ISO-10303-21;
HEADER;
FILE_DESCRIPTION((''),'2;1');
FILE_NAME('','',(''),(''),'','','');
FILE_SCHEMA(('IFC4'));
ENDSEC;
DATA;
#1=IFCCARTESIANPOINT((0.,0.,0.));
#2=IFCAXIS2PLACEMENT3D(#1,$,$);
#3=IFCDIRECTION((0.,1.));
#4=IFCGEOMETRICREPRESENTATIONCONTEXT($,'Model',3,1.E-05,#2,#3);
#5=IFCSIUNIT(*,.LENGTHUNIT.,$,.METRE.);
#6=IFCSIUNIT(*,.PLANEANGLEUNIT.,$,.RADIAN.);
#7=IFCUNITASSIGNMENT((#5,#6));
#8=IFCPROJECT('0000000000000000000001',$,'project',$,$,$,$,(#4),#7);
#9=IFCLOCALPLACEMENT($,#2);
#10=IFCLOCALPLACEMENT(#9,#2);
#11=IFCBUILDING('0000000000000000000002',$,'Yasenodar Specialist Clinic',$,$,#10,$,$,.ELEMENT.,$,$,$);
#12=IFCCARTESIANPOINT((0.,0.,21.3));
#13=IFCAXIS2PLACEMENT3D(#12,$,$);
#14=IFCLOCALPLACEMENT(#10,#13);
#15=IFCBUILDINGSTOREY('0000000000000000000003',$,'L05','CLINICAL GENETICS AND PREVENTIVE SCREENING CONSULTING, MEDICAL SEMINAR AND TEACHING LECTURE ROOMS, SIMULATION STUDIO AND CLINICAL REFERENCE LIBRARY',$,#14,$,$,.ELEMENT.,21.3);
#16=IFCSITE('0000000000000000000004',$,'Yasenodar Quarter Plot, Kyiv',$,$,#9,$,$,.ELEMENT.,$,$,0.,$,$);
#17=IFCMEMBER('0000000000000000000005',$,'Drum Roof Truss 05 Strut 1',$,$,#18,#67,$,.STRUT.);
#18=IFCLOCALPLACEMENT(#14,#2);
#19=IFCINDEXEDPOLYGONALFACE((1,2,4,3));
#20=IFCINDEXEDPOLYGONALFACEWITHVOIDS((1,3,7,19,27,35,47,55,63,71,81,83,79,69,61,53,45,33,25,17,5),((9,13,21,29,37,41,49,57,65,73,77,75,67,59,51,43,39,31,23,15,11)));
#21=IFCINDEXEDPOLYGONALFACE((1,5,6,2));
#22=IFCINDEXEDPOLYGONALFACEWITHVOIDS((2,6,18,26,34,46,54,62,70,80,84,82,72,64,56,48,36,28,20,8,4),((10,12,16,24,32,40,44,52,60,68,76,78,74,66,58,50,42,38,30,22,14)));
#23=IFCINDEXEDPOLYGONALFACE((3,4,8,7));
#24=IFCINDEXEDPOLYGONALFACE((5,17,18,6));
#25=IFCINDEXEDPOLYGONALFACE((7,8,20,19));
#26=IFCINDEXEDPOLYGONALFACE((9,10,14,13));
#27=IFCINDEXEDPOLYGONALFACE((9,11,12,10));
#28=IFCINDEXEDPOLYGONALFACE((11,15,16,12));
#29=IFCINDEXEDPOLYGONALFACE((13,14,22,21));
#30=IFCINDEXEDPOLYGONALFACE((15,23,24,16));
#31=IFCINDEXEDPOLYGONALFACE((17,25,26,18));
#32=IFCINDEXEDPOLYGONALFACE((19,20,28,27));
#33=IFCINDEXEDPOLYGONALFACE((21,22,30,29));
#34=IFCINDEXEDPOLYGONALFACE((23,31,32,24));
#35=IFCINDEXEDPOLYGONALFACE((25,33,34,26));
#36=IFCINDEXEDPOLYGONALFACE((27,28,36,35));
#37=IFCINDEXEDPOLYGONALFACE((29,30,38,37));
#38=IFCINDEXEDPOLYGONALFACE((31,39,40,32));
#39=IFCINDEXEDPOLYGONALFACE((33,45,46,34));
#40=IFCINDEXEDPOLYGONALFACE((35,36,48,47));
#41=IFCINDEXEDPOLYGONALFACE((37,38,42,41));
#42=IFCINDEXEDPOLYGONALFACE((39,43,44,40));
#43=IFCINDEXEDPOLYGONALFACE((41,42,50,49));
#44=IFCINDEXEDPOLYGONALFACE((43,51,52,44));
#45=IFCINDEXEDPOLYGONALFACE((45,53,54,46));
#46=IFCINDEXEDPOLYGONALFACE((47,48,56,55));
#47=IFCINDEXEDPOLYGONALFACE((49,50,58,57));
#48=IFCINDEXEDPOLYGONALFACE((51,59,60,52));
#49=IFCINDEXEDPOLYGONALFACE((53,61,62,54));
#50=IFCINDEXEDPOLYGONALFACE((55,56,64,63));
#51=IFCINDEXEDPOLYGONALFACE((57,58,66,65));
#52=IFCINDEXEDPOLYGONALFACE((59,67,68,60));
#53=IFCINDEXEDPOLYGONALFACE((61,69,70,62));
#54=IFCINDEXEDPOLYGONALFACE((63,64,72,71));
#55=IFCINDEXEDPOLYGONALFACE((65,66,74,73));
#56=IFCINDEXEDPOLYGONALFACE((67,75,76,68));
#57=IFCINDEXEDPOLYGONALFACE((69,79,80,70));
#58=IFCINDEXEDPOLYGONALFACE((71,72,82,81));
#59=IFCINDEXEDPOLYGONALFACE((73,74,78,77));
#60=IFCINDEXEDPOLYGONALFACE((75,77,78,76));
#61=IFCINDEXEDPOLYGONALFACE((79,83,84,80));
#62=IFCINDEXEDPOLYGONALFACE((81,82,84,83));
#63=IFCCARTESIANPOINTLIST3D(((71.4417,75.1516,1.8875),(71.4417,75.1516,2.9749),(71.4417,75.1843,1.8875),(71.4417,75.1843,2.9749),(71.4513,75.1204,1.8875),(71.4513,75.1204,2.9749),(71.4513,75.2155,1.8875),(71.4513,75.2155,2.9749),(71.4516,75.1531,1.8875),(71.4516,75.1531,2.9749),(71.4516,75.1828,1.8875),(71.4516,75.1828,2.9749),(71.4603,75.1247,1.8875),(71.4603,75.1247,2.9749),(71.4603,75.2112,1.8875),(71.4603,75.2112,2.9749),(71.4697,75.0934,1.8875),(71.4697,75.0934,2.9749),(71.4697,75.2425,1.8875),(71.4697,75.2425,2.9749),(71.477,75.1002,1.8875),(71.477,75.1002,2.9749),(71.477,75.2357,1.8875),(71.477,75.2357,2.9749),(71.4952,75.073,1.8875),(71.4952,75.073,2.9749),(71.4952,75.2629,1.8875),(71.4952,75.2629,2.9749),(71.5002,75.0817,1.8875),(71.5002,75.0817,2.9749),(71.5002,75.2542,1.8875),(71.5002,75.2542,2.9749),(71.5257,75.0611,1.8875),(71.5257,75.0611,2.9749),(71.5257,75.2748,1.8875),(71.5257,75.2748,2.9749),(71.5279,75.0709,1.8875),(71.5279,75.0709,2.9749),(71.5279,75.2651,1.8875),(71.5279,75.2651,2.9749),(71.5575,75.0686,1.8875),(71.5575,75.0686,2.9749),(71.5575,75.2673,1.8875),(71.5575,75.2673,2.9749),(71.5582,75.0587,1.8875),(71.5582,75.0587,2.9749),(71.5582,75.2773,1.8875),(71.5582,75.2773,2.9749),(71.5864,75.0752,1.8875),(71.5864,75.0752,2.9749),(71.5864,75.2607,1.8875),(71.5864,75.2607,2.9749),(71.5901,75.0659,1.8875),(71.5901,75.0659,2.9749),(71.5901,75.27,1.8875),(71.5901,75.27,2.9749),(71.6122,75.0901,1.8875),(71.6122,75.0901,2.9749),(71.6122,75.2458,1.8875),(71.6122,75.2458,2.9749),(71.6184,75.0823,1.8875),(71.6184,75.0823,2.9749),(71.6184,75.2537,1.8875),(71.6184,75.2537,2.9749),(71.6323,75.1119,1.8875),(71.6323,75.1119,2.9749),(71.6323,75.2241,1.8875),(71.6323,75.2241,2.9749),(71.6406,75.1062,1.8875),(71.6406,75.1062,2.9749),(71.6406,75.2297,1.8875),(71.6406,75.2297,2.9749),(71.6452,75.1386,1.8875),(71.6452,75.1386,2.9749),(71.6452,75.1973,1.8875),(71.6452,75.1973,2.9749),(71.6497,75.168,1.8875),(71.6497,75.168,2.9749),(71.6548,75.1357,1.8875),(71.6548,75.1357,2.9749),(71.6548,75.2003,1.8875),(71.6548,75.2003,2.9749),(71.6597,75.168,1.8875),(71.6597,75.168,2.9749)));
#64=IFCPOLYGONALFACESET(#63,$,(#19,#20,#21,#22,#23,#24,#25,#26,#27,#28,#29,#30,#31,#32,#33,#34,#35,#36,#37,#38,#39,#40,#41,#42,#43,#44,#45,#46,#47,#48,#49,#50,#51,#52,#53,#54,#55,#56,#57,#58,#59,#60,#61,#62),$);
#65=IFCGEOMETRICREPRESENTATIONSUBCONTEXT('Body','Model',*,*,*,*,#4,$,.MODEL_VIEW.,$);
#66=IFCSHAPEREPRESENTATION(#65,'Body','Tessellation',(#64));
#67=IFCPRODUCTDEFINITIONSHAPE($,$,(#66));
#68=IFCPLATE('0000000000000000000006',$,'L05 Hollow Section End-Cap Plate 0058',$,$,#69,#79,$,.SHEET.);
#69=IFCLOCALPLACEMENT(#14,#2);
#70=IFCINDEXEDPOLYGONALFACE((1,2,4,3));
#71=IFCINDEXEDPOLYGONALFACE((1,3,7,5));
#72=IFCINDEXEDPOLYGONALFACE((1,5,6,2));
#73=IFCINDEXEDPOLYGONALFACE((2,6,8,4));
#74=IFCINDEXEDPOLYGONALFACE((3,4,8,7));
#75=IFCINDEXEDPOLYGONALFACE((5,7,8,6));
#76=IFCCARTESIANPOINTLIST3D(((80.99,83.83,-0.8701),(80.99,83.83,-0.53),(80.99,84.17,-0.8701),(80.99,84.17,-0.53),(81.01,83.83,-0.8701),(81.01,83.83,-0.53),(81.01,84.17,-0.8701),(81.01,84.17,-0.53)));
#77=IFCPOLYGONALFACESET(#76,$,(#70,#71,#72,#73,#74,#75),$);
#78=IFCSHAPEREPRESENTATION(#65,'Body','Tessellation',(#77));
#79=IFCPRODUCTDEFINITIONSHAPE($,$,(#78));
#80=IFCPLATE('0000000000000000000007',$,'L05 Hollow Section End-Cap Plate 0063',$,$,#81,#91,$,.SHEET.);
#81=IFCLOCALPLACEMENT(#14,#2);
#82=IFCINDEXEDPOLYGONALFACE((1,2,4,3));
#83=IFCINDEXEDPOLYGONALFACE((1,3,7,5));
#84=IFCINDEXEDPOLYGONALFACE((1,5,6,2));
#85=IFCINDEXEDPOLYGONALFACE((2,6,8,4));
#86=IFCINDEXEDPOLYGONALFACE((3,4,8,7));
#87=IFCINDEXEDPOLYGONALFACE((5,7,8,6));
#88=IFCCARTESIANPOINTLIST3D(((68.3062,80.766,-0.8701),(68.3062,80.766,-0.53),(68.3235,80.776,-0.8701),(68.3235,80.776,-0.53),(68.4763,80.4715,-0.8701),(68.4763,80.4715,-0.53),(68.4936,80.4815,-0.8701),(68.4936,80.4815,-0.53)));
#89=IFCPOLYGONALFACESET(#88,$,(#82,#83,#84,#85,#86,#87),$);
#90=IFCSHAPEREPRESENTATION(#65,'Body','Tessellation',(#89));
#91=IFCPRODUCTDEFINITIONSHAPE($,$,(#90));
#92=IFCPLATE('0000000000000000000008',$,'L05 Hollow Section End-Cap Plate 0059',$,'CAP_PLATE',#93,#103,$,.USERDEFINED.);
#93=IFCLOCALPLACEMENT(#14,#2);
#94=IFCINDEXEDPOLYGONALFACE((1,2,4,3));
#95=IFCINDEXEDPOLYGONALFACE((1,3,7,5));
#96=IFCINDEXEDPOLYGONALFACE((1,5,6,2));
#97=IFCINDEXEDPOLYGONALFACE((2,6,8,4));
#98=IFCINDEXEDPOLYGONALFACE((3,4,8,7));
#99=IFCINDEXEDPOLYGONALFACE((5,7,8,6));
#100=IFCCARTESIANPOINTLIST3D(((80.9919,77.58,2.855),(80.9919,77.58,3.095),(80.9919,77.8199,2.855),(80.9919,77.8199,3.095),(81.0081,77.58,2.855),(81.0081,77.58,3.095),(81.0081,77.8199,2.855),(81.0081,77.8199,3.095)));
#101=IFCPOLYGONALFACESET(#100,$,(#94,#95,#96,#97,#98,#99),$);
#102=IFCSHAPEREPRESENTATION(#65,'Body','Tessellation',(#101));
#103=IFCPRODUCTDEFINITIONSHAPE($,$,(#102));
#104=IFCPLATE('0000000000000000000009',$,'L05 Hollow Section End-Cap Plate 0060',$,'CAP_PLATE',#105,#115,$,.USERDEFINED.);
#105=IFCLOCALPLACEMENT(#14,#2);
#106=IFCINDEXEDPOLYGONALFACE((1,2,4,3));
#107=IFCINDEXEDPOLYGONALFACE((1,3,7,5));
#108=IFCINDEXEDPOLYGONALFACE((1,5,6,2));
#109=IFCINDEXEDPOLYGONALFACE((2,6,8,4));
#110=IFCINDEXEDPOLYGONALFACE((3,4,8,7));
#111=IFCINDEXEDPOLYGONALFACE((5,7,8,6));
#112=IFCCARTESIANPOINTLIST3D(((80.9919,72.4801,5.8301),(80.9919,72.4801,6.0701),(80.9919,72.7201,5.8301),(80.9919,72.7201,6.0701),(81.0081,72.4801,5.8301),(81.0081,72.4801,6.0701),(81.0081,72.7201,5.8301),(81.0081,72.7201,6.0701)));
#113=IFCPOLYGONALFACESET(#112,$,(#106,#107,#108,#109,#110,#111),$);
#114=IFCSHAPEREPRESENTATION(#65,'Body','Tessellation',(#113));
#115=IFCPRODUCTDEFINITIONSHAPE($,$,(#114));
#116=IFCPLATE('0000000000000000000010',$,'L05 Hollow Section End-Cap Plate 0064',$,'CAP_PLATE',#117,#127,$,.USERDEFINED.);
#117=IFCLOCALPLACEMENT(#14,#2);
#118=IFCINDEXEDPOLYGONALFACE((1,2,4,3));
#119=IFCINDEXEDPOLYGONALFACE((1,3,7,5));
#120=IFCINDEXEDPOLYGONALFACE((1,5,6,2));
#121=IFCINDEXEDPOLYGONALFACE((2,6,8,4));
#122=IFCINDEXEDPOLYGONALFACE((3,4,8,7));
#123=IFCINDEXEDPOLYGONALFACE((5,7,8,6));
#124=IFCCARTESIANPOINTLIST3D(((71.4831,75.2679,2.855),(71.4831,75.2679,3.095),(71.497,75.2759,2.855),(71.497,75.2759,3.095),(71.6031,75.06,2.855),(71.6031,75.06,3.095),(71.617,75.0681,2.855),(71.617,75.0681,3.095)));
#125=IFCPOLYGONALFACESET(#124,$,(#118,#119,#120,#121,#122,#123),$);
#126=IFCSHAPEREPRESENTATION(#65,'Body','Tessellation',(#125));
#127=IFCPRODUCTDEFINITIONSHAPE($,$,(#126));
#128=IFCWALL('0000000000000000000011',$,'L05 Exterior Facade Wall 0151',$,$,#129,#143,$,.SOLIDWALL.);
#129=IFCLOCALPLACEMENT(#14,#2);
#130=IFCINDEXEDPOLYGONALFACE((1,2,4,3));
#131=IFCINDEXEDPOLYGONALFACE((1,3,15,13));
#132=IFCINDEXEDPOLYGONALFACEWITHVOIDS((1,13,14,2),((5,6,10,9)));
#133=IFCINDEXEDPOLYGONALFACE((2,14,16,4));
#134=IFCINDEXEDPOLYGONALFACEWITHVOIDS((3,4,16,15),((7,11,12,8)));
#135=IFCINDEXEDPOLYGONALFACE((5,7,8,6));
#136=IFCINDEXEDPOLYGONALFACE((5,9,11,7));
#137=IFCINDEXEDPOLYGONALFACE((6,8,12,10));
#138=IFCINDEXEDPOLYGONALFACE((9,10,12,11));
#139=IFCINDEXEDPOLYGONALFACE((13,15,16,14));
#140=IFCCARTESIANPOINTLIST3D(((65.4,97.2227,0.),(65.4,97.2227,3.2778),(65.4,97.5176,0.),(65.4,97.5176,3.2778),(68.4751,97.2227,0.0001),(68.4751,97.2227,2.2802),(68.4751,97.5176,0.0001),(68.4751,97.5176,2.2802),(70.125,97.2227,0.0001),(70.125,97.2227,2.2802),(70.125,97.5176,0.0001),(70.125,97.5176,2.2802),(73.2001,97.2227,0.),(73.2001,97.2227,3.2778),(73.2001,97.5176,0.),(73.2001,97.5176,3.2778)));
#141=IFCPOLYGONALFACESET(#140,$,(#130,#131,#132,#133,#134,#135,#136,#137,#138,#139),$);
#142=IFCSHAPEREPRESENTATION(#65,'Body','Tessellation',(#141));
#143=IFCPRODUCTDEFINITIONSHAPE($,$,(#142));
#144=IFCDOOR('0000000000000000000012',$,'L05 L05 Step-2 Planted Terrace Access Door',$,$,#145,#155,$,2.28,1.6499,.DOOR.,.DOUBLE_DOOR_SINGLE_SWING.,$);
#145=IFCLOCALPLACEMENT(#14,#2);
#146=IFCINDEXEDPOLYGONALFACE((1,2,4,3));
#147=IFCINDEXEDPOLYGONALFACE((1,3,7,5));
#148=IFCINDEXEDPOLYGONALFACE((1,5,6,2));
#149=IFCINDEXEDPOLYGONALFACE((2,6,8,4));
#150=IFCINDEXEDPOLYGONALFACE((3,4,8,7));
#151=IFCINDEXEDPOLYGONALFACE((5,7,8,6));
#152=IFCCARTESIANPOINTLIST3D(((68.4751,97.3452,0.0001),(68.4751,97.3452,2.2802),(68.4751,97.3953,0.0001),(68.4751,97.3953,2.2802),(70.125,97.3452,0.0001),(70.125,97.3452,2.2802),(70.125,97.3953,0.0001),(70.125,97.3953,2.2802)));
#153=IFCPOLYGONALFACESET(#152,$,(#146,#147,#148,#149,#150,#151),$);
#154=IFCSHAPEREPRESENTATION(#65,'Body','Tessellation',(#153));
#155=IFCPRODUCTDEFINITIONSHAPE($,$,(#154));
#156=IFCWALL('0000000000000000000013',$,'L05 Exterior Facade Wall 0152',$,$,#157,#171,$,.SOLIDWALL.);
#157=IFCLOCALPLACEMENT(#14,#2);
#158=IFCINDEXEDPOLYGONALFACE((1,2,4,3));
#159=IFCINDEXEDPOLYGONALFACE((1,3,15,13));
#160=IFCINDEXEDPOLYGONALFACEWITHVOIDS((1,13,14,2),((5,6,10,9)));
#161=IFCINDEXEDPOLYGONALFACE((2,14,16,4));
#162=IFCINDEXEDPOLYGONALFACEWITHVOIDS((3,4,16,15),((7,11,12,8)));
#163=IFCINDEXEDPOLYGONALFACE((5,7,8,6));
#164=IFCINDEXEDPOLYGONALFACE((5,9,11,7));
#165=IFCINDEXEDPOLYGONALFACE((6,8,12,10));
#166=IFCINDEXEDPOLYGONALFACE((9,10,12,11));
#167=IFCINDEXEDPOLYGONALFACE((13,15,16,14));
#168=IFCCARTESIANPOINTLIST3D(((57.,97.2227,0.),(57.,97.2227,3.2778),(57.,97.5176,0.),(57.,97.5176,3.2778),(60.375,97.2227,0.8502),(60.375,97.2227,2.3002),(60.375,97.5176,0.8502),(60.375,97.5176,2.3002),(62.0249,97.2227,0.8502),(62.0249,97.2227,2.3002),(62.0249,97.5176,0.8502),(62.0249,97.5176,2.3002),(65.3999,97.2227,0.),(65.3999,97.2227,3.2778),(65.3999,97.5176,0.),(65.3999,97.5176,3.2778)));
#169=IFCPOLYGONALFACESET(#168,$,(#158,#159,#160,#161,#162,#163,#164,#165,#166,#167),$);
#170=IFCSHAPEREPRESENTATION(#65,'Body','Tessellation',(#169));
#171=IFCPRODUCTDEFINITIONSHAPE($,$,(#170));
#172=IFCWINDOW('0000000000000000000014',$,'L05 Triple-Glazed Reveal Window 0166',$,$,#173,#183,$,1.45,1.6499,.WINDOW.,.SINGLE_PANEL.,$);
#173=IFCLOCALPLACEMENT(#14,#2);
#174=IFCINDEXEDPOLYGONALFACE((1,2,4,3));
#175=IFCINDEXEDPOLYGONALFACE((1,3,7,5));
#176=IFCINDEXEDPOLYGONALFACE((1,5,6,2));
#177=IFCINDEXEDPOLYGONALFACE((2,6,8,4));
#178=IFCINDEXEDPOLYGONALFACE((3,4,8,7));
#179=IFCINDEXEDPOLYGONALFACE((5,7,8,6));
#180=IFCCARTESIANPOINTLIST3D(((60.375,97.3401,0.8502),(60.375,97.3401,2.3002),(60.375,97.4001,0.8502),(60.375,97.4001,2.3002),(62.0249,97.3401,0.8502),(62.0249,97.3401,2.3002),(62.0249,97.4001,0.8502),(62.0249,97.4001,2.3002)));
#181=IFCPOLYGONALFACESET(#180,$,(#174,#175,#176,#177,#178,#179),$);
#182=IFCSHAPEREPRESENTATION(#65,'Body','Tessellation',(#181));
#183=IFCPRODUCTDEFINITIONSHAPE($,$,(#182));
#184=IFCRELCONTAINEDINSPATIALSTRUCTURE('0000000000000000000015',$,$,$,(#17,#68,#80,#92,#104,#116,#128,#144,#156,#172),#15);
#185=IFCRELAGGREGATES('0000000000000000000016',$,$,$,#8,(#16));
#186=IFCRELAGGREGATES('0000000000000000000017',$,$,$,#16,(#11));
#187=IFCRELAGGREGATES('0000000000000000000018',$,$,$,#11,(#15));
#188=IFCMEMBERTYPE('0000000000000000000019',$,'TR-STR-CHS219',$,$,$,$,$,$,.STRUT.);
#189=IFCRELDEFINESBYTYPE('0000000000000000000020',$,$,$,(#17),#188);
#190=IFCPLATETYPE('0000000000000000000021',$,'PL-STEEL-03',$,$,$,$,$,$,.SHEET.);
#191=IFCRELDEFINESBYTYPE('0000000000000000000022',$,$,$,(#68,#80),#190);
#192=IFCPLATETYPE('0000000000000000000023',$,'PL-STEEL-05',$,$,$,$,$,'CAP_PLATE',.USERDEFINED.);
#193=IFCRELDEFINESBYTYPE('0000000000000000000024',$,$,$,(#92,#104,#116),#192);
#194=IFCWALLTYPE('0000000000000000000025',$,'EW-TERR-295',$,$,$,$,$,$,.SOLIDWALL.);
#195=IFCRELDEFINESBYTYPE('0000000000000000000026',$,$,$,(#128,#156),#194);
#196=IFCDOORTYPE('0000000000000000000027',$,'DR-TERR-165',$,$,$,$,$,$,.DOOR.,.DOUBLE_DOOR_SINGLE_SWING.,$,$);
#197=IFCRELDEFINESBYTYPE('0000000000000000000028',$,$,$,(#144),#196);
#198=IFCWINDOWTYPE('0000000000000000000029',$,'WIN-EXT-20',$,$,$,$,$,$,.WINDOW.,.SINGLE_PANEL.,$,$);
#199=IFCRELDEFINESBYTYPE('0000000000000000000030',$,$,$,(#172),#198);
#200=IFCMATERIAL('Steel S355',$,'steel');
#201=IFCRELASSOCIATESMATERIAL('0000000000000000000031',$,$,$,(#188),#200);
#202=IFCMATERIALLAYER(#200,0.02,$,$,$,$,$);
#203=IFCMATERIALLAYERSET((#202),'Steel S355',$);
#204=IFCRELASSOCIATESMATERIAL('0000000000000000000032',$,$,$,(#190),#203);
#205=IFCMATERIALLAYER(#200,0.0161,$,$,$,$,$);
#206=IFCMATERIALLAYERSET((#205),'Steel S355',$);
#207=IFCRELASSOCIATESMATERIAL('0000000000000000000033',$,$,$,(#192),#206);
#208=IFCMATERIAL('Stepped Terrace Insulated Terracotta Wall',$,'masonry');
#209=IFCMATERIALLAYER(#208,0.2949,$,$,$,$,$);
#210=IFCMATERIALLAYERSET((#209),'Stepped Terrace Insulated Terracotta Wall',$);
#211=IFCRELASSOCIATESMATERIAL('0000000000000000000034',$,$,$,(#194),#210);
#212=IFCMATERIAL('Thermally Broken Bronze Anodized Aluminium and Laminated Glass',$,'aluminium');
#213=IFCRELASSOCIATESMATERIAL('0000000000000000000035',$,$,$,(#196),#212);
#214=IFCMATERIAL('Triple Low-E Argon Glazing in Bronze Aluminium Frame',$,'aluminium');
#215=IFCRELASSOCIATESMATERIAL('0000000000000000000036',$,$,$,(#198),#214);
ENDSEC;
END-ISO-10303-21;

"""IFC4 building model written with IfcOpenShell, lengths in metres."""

from ifc_helpers import new_model, si_unit, direction, frame, frame_2d, origin, origin_2d, place, context, subcontext, project, spatial, rectangle, hollow_circle, extrude, material, layer, layer_set, material_profile, profile_set, type_object, element, fill, save


model = new_model("IFC4")

# Units and contexts
model_context = context("Model", 3, precision=1e-05, world=origin(), true_north=direction((0.0, 1.0)))
body_context = subcontext(model_context, "Body", "Model", "MODEL_VIEW")
ifc_project = project(units=[si_unit("LENGTHUNIT", "METRE"), si_unit("PLANEANGLEUNIT", "RADIAN")], contexts=[model_context])

# Site, building, storey
site_placement = place(None, origin())
site = spatial("IfcSite", under=ifc_project, at=site_placement, Name="Yasenodar Quarter Plot, Kyiv", CompositionType="ELEMENT", RefElevation=0.0)
building_placement = place(site_placement, origin())
building = spatial("IfcBuilding", under=site, at=building_placement, Name="Yasenodar Specialist Clinic", CompositionType="ELEMENT")
storey_placement = place(building_placement, frame((0.0, 0.0, 21.3)))
storey = spatial("IfcBuildingStorey", under=building, at=storey_placement, Name="L05", Description="CLINICAL GENETICS AND PREVENTIVE SCREENING CONSULTING, MEDICAL SEMINAR AND TEACHING LECTURE ROOMS, SIMULATION STUDIO AND CLINICAL REFERENCE LIBRARY", CompositionType="ELEMENT", Elevation=21.3)

# Shared definitions
ifc_material_1 = material(Name="Steel S355", Category="steel")

# Member
ifc_material_profile_1 = material_profile(ifc_material_1, hollow_circle(Radius=0.1096, WallThickness=0.01, at=origin_2d()), Name="CHS 219.1x10")
ifc_profile_set_1 = profile_set([ifc_material_profile_1], Name="Steel S355")
member_type_1 = type_object("IfcMemberType", Name="TR-STR-CHS219", PredefinedType="STRUT", material=ifc_profile_set_1)
member_1_placement = place(storey_placement, frame((71.55, 75.168, 1.8875), z_axis=(0.0, 0.0, 1.0), x_axis=(1.0, 0.0, 0.0)))
element("IfcMember", 1, at=member_1_placement, inside=storey, type_object=member_type_1, Name="Drum Roof Truss 05 Strut 1", PredefinedType="STRUT", context=body_context, shape_type="SweptSolid", body=[
    extrude(hollow_circle(Radius=0.1096, WallThickness=0.01, at=origin_2d()), origin(), (0.0, 0.0, 1.0), 1.0874),
])

# Plates
ifc_layer_1 = layer(ifc_material_1, 0.02)
ifc_layer_set_1 = layer_set([ifc_layer_1], Name="Steel S355")
plate_type_1 = type_object("IfcPlateType", Name="PL-STEEL-03", PredefinedType="SHEET", material=ifc_layer_set_1)
for number, where, z_axis, x_axis, name in (
    (2, (81.0, 84.0, -0.8701), (0.0, 0.0, 1.0), (0.0, 1.0, 0.0), "L05 Hollow Section End-Cap Plate 0058"),
    (3, (68.3999, 80.6238, -0.8701), (0.0, 0.0, 1.0), (-0.5, 0.866025, 0.0), "L05 Hollow Section End-Cap Plate 0063"),
):
    element("IfcPlate", number, at=place(storey_placement, frame(where, z_axis=z_axis, x_axis=x_axis)), inside=storey, type_object=plate_type_1, Name=name, PredefinedType="SHEET", context=body_context, shape_type="SweptSolid", body=[
        extrude(rectangle(XDim=0.3401, YDim=0.02, at=origin_2d()), origin(), (0.0, 0.0, 1.0), 0.3401),
    ])
ifc_layer_2 = layer(ifc_material_1, 0.0161)
ifc_layer_set_2 = layer_set([ifc_layer_2], Name="Steel S355")
plate_type_2 = type_object("IfcPlateType", Name="PL-STEEL-05", ElementType="CAP_PLATE", PredefinedType="USERDEFINED", material=ifc_layer_set_2)
for number, where, z_axis, x_axis, name in (
    (4, (81.0, 77.7, 2.855), (0.0, 0.0, 1.0), (0.0, 1.0, 0.0), "L05 Hollow Section End-Cap Plate 0059"),
    (5, (81.0, 72.6001, 5.8301), (0.0, 0.0, 1.0), (0.0, 1.0, 0.0), "L05 Hollow Section End-Cap Plate 0060"),
    (6, (71.55, 75.168, 2.855), (0.0, 0.0, 1.0), (-0.5, 0.866025, 0.0), "L05 Hollow Section End-Cap Plate 0064"),
):
    element("IfcPlate", number, at=place(storey_placement, frame(where, z_axis=z_axis, x_axis=x_axis)), inside=storey, type_object=plate_type_2, Name=name, ObjectType="CAP_PLATE", PredefinedType="USERDEFINED", context=body_context, shape_type="SweptSolid", body=[
        extrude(rectangle(XDim=0.24, YDim=0.0161, at=origin_2d()), origin(), (0.0, 0.0, 1.0), 0.24),
    ])

# Wall, opening, door
ifc_material_2 = material(Name="Stepped Terrace Insulated Terracotta Wall", Category="masonry")
ifc_layer_3 = layer(ifc_material_2, 0.2949)
ifc_layer_set_3 = layer_set([ifc_layer_3], Name="Stepped Terrace Insulated Terracotta Wall")
wall_type = type_object("IfcWallType", Name="EW-TERR-295", PredefinedType="SOLIDWALL", material=ifc_layer_set_3)
wall_1_placement = place(storey_placement, frame((73.2, 97.3701, 0.0), z_axis=(0.0, 0.0, 1.0), x_axis=(-1.0, 0.0, 0.0)))
wall_1 = element("IfcWall", 7, at=wall_1_placement, inside=storey, type_object=wall_type, Name="L05 Exterior Facade Wall 0151", PredefinedType="SOLIDWALL", context=body_context, shape_type="SweptSolid", body=[
    extrude(rectangle(XDim=7.8, YDim=0.2949, at=frame_2d((3.8999, 0.0))), origin(), (0.0, 0.0, 1.0), 3.2778),
])
opening_1_placement = place(wall_1_placement, frame((3.075, 0.0, 0.0)))
opening_1 = element("IfcOpeningElement", 8, at=opening_1_placement, cuts=wall_1, PredefinedType="OPENING", context=body_context, shape_type="SweptSolid", body=[
    extrude(rectangle(XDim=1.6499, YDim=2.28, at=frame_2d((0.825, 1.1401))), frame((0.0, 0.1575, 0.0), z_axis=(0.0, -1.0, 0.0), x_axis=(1.0, 0.0, 0.0)), (0.0, 0.0, 1.0), 0.3149),
])
ifc_material_3 = material(Name="Thermally Broken Bronze Anodized Aluminium and Laminated Glass", Category="aluminium")
door_type = type_object("IfcDoorType", Name="DR-TERR-165", OperationType="DOUBLE_DOOR_SINGLE_SWING", PredefinedType="DOOR", material=ifc_material_3)
door_placement = place(opening_1_placement, origin())
door = element("IfcDoor", 9, at=door_placement, inside=storey, type_object=door_type, Name="L05 L05 Step-2 Planted Terrace Access Door", OperationType="DOUBLE_DOOR_SINGLE_SWING", OverallHeight=2.28, OverallWidth=1.6499, PredefinedType="DOOR", context=body_context, shape_type="SweptSolid", body=[
    extrude(rectangle(XDim=1.6499, YDim=2.28, at=frame_2d((0.825, 1.1401))), frame((0.0, 0.0249, 0.0), z_axis=(0.0, -1.0, 0.0), x_axis=(1.0, 0.0, 0.0)), (0.0, 0.0, 1.0), 0.05),
])
fill(opening_1, door)

# Wall, opening, window
wall_2_placement = place(storey_placement, frame((65.3999, 97.3701, 0.0), z_axis=(0.0, 0.0, 1.0), x_axis=(-1.0, 0.0, 0.0)))
wall_2 = element("IfcWall", 10, at=wall_2_placement, inside=storey, type_object=wall_type, Name="L05 Exterior Facade Wall 0152", PredefinedType="SOLIDWALL", context=body_context, shape_type="SweptSolid", body=[
    extrude(rectangle(XDim=8.3999, YDim=0.2949, at=frame_2d((4.2, 0.0))), origin(), (0.0, 0.0, 1.0), 3.2778),
])
opening_2_placement = place(wall_2_placement, frame((3.375, 0.0, 0.8501)))
opening_2 = element("IfcOpeningElement", 11, at=opening_2_placement, cuts=wall_2, PredefinedType="OPENING", context=body_context, shape_type="SweptSolid", body=[
    extrude(rectangle(XDim=1.6499, YDim=1.45, at=frame_2d((0.825, 0.7251))), frame((0.0, 0.1575, 0.0), z_axis=(0.0, -1.0, 0.0), x_axis=(1.0, 0.0, 0.0)), (0.0, 0.0, 1.0), 0.3149),
])
ifc_material_4 = material(Name="Triple Low-E Argon Glazing in Bronze Aluminium Frame", Category="aluminium")
window_type = type_object("IfcWindowType", Name="WIN-EXT-20", PartitioningType="SINGLE_PANEL", PredefinedType="WINDOW", material=ifc_material_4)
window_placement = place(opening_2_placement, origin())
window = element("IfcWindow", 12, at=window_placement, inside=storey, type_object=window_type, Name="L05 Triple-Glazed Reveal Window 0166", OverallHeight=1.45, OverallWidth=1.6499, PartitioningType="SINGLE_PANEL", PredefinedType="WINDOW", context=body_context, shape_type="SweptSolid", body=[
    extrude(rectangle(XDim=1.6499, YDim=1.45, at=frame_2d((0.825, 0.7251))), frame((0.0, 0.03, 0.0), z_axis=(0.0, -1.0, 0.0), x_axis=(1.0, 0.0, 0.0)), (0.0, 0.0, 1.0), 0.0601),
])
fill(opening_2, window)

save(model, "model.ifc")
